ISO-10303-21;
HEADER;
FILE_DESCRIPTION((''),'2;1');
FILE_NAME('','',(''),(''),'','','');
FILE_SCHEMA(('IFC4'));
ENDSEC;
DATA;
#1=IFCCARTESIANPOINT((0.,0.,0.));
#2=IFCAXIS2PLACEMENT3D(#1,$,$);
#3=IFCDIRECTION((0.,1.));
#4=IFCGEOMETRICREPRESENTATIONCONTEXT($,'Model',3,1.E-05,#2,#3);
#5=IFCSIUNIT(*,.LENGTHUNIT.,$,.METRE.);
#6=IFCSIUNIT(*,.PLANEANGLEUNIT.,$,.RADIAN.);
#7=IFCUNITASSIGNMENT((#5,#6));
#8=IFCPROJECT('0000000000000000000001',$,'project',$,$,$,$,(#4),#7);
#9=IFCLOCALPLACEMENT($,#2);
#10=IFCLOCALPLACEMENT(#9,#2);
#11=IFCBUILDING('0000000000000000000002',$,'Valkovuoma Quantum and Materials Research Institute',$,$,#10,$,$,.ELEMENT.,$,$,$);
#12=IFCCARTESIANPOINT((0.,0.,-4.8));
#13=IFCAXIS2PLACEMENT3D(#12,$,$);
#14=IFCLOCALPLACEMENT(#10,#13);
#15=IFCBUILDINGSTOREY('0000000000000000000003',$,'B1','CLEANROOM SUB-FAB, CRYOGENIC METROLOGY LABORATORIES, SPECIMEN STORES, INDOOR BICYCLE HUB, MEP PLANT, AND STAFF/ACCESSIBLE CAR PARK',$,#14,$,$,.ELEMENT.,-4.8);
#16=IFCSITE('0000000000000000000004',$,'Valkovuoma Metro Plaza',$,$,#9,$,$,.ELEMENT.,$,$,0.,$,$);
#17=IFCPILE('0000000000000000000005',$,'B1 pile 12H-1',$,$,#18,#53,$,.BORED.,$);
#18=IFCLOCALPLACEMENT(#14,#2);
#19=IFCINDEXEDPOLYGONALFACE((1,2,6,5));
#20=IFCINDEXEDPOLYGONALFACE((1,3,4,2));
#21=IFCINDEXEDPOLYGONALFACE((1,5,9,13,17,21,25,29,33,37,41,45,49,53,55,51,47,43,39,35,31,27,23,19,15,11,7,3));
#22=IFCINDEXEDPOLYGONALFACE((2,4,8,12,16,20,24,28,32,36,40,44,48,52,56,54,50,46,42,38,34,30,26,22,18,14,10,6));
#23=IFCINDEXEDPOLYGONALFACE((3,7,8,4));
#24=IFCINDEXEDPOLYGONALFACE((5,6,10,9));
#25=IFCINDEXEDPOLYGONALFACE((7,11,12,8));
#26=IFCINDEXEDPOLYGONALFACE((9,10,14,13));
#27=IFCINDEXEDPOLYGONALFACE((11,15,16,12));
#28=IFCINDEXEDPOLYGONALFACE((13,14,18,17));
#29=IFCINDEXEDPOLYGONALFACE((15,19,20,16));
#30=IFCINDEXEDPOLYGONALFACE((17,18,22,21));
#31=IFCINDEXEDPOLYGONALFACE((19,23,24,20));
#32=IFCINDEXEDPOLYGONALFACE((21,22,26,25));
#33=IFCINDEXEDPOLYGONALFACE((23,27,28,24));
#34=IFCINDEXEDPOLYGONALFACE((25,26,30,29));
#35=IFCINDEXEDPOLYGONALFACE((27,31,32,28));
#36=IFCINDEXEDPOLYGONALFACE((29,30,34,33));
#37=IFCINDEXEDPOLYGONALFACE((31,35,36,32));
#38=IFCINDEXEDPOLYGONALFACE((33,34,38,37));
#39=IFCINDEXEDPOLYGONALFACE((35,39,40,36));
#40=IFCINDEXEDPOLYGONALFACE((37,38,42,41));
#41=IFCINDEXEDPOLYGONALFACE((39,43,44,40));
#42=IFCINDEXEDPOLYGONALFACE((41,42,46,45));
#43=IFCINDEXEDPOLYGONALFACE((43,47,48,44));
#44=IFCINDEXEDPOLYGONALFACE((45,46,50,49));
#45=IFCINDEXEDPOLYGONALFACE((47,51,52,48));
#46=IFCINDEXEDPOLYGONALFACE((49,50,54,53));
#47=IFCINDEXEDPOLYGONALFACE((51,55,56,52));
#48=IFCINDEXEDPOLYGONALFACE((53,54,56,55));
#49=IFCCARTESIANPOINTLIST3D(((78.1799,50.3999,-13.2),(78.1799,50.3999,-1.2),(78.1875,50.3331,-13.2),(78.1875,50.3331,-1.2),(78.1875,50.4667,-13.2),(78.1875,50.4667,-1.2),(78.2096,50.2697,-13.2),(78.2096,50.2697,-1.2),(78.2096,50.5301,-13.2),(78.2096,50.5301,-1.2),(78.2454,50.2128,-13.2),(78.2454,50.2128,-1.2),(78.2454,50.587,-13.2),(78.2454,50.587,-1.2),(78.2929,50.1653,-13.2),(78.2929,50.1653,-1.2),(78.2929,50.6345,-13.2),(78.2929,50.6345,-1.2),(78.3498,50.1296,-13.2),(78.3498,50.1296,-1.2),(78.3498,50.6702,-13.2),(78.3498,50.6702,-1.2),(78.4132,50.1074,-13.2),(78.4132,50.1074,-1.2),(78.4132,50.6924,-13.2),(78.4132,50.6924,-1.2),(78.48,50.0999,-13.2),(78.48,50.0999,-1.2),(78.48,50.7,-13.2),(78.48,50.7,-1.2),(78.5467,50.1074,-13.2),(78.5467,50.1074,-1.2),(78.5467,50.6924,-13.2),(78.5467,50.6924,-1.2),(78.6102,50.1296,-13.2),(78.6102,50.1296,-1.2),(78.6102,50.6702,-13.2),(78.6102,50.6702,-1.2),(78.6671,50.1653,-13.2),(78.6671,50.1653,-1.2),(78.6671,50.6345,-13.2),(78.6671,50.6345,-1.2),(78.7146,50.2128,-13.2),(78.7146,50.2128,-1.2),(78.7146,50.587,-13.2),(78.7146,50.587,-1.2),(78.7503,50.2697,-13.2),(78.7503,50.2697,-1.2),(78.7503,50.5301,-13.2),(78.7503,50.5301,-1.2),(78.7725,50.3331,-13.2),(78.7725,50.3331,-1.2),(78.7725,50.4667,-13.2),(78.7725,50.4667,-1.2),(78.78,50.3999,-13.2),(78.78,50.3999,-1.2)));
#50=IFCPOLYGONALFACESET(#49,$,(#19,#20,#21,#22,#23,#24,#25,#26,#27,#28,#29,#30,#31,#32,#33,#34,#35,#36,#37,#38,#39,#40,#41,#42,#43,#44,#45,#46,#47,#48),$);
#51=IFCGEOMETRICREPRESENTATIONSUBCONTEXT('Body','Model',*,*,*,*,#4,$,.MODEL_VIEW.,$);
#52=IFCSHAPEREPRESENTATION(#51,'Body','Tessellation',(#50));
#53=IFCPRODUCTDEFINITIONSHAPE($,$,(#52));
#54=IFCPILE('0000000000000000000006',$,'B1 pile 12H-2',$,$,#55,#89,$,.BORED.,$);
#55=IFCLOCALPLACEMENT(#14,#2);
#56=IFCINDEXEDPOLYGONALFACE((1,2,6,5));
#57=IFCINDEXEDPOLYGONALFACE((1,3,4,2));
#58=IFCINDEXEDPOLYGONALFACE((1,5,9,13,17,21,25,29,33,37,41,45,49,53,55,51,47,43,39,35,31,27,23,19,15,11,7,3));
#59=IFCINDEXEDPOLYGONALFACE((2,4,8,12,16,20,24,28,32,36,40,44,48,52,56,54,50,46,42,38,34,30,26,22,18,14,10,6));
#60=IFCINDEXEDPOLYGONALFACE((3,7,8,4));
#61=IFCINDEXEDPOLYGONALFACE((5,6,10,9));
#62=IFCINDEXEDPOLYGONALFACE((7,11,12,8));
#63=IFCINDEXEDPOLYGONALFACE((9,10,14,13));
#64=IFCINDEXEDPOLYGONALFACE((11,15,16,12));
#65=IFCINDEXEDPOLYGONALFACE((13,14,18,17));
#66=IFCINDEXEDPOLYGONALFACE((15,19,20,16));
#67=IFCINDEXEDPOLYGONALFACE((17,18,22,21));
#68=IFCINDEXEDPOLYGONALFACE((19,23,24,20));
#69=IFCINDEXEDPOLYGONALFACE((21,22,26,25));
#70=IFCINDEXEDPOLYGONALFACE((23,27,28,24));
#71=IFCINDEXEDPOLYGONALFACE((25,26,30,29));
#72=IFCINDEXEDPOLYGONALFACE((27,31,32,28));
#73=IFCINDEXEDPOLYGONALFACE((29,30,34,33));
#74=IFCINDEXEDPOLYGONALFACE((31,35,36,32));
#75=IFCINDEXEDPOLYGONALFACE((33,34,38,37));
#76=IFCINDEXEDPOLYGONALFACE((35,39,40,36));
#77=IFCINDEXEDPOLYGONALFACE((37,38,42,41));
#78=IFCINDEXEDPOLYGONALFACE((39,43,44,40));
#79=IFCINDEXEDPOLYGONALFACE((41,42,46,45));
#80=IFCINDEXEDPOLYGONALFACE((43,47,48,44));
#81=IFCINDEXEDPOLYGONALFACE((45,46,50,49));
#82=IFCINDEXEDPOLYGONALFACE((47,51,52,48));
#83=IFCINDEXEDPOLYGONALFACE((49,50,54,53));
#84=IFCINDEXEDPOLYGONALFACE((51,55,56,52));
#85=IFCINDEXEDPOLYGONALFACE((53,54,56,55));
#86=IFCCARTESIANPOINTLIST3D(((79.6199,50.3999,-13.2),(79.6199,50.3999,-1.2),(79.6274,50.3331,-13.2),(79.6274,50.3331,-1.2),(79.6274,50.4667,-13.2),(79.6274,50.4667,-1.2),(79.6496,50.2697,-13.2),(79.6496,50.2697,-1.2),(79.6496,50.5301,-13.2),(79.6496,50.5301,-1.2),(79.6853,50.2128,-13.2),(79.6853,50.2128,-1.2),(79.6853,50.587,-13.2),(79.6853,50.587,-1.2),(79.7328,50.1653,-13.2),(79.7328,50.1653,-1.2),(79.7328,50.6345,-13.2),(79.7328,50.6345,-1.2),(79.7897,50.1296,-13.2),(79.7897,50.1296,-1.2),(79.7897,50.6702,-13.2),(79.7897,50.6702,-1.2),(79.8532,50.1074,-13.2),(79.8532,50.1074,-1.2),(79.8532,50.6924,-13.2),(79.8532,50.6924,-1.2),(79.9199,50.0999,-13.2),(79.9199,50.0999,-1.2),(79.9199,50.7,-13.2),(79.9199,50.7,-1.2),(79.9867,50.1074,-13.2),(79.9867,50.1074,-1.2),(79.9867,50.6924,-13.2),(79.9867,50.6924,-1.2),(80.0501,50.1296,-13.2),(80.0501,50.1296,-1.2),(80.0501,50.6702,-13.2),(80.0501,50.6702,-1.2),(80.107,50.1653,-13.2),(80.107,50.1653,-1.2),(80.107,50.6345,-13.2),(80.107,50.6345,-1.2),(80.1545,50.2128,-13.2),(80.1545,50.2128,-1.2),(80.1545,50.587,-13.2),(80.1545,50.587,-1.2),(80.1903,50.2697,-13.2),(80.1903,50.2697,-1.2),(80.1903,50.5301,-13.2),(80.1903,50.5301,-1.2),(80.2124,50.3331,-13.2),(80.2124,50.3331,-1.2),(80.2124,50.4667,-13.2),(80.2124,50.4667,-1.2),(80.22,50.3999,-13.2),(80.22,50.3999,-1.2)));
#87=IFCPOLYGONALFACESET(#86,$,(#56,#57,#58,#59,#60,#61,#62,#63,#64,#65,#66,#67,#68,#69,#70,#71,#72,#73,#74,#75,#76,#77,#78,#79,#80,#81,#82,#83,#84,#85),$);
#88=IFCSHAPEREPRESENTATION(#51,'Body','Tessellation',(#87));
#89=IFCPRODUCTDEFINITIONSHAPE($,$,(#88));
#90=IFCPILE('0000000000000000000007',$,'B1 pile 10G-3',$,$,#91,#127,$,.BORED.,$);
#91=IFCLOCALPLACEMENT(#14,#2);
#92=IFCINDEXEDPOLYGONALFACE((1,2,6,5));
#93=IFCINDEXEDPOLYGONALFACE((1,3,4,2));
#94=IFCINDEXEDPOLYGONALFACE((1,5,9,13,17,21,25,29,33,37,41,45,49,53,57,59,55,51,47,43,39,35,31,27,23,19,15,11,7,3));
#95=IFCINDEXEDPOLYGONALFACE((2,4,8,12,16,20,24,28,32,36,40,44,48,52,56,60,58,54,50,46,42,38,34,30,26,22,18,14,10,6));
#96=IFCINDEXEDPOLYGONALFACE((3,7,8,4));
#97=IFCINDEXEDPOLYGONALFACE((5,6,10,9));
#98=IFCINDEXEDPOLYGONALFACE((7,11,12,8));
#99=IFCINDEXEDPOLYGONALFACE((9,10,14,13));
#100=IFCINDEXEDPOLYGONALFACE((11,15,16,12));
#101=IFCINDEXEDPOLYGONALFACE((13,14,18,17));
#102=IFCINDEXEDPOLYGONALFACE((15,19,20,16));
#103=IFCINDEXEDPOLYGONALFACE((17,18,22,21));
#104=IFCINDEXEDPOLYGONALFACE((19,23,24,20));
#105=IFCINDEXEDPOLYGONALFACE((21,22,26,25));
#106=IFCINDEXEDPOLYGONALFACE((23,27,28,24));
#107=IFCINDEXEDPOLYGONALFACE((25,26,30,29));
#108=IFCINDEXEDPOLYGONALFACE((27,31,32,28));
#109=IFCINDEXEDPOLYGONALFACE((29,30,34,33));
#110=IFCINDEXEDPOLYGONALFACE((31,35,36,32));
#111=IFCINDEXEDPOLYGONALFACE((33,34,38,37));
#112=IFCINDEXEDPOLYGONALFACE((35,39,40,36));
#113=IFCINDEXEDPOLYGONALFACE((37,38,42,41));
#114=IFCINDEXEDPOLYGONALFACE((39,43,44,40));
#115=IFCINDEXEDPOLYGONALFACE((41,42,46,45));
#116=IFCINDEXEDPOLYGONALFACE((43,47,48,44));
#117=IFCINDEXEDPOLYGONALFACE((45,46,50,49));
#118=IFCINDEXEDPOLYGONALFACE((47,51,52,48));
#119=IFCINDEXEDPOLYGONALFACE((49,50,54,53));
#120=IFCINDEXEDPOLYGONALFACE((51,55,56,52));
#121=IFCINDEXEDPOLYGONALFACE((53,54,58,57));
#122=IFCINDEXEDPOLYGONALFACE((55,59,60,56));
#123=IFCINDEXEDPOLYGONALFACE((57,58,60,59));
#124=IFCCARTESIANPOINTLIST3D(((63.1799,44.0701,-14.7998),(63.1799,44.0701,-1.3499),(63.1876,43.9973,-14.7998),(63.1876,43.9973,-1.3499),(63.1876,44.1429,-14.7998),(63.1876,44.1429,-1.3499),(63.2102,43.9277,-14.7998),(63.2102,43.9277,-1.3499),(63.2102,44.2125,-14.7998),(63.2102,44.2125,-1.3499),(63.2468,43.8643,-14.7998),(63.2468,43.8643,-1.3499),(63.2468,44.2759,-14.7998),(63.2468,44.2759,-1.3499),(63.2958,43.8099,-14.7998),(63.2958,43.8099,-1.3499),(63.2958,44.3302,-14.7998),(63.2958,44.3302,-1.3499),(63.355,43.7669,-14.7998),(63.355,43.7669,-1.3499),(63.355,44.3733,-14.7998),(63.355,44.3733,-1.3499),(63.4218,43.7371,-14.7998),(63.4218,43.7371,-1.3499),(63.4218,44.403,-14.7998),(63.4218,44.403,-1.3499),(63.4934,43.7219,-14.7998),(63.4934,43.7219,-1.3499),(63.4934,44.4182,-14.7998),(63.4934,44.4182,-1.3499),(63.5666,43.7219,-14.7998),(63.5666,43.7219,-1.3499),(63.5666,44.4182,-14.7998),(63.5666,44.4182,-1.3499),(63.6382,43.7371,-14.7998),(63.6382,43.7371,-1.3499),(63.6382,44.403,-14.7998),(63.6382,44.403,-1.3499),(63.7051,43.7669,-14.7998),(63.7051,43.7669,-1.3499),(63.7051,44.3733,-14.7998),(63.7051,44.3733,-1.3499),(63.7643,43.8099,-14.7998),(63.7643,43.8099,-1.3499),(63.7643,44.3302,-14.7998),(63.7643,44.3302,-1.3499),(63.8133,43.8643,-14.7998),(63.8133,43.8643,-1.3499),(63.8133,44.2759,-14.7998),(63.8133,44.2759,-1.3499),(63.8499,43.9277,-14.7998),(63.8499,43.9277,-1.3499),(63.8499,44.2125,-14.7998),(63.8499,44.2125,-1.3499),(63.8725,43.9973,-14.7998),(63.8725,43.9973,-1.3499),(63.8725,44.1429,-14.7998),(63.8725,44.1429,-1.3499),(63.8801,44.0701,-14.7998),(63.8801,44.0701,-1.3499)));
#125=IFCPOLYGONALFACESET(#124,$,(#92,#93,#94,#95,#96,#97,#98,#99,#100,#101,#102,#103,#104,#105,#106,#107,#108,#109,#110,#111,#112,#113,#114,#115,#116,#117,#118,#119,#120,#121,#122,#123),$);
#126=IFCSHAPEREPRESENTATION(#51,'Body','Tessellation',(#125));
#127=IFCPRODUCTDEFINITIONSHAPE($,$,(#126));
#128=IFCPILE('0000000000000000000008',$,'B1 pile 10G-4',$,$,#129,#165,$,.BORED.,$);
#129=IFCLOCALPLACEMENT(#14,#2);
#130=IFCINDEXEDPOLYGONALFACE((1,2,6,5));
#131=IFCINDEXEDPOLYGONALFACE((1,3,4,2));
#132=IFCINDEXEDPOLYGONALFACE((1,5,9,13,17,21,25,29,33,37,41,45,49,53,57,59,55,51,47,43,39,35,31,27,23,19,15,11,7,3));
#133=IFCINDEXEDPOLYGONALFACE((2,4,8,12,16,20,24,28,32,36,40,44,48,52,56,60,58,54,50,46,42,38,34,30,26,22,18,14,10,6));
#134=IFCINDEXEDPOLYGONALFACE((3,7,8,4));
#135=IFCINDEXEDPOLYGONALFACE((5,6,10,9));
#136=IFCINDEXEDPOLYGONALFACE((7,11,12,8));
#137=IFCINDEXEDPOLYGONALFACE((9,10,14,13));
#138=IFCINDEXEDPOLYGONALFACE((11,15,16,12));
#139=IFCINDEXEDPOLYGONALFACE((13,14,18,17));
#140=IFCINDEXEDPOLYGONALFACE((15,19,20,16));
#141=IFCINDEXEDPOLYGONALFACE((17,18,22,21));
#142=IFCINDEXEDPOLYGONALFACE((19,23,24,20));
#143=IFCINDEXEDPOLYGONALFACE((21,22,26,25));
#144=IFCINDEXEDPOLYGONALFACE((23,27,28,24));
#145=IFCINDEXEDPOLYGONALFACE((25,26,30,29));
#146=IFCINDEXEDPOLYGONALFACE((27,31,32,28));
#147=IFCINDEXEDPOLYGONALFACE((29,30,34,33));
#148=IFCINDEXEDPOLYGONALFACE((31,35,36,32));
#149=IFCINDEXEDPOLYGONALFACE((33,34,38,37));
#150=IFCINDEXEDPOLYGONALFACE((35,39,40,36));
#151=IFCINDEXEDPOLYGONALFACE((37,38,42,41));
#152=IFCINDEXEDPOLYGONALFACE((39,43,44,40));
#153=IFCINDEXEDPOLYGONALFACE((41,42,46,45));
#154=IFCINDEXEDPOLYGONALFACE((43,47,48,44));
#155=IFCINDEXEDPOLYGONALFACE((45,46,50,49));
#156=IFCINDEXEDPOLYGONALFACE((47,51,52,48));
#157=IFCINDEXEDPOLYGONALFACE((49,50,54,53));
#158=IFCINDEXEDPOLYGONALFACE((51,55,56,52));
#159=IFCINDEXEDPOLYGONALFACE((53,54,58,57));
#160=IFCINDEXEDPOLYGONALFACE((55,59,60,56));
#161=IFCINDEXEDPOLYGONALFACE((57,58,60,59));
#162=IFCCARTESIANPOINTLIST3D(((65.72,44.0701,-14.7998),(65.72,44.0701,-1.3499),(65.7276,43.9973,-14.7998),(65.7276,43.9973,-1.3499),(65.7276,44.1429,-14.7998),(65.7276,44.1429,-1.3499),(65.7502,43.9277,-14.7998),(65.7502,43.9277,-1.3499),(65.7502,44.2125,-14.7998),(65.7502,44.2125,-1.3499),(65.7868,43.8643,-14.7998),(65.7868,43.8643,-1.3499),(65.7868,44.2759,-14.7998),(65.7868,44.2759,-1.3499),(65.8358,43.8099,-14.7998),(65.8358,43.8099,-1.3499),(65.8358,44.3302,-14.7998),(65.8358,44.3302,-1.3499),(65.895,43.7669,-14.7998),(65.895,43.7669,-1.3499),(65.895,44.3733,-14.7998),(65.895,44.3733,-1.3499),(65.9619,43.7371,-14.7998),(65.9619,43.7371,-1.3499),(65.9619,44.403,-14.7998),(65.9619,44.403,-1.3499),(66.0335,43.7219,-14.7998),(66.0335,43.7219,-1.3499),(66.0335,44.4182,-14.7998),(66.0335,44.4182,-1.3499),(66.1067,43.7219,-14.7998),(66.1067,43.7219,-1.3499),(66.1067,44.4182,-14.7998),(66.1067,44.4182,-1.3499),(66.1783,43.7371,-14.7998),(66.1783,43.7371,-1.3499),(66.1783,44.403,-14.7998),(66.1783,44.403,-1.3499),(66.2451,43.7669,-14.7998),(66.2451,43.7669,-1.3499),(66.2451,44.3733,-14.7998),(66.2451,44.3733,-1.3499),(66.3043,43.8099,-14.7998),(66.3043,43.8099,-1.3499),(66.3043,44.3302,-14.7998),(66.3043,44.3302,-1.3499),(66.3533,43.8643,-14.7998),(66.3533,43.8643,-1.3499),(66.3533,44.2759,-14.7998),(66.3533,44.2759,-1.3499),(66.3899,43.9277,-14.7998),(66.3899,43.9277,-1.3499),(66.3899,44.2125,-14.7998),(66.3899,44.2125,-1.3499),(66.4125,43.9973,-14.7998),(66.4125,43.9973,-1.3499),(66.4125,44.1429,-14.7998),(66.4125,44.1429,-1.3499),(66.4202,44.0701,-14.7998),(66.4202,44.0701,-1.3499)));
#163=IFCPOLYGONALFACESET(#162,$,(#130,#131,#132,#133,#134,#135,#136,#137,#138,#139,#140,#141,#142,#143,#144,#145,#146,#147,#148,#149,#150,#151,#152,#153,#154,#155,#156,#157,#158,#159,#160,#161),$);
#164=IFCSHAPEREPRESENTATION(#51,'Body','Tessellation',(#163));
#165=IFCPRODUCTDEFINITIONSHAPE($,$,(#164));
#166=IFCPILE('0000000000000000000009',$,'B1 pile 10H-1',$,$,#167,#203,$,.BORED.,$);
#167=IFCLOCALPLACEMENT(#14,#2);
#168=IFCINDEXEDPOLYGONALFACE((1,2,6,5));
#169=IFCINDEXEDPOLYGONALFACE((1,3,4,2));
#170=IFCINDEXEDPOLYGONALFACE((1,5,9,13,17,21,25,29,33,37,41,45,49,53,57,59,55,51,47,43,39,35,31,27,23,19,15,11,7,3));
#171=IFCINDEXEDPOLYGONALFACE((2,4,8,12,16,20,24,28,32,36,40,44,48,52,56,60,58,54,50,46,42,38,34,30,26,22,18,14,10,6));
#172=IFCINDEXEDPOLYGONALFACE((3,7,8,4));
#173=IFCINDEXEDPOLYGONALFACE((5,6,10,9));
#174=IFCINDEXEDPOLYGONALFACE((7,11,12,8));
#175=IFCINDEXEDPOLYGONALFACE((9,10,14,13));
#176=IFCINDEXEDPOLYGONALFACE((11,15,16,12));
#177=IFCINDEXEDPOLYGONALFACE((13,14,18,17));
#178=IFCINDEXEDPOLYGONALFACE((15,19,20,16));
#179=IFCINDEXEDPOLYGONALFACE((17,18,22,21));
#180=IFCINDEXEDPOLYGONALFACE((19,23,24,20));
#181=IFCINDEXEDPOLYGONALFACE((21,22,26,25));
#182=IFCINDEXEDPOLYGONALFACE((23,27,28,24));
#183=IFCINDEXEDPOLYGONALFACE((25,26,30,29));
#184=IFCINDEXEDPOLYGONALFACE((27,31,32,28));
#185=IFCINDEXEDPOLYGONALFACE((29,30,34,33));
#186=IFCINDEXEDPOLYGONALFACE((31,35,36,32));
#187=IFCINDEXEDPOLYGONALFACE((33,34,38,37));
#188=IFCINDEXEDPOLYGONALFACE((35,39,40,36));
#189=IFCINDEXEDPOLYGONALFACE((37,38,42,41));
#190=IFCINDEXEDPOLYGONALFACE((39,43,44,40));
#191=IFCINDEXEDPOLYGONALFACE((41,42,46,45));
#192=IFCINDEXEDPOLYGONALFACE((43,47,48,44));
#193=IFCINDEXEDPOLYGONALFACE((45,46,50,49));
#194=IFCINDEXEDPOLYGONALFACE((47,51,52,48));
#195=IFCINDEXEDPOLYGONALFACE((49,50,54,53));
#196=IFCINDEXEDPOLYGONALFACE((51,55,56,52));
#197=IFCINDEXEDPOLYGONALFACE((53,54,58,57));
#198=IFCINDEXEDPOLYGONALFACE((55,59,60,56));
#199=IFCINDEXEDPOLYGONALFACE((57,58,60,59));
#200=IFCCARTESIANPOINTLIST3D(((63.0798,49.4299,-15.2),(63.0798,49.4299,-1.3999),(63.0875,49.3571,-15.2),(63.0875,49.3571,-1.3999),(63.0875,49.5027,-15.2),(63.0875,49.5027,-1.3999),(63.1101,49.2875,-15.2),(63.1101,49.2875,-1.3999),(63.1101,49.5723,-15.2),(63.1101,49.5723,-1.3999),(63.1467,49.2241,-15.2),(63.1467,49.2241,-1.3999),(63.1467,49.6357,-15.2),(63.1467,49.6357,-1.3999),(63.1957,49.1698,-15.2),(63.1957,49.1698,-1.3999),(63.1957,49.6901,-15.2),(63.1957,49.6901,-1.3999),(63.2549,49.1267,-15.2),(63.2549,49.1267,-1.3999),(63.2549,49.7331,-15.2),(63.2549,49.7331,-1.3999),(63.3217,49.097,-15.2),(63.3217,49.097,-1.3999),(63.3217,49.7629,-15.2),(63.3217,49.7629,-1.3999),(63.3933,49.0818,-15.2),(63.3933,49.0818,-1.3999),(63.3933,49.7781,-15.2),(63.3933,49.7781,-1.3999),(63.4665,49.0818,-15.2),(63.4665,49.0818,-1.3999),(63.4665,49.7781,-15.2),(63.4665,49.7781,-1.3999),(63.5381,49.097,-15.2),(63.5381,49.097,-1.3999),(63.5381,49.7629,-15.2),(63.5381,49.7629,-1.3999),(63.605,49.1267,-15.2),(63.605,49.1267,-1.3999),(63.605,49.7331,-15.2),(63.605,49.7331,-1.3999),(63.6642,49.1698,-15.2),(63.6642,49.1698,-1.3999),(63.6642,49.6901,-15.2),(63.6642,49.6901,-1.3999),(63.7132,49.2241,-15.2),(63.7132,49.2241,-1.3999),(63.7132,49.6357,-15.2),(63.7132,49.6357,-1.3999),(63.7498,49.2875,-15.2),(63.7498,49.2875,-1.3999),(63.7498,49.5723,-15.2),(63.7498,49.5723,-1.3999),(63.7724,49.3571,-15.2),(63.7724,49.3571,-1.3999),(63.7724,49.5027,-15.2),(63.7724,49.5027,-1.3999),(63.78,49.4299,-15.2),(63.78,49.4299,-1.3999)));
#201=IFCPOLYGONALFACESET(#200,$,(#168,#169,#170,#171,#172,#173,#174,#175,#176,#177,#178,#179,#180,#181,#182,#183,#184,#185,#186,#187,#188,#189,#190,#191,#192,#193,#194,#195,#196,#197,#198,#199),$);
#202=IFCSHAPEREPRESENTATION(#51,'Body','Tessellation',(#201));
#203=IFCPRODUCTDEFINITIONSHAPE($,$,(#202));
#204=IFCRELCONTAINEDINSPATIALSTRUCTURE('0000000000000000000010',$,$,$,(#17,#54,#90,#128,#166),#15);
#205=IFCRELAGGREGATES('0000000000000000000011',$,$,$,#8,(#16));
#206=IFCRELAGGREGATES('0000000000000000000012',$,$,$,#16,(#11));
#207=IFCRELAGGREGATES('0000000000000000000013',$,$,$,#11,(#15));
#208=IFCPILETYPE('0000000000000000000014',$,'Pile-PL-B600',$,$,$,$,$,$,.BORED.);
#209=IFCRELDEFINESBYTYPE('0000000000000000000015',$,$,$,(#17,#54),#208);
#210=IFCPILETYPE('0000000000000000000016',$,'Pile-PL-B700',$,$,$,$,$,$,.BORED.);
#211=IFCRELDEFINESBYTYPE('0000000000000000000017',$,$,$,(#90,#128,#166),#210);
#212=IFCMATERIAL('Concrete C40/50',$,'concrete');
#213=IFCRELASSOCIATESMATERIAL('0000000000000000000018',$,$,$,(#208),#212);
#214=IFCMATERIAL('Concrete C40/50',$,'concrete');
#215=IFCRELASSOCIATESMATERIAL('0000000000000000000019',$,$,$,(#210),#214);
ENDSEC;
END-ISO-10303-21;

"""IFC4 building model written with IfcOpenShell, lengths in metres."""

from ifc_helpers import new_model, si_unit, direction, frame, origin, origin_2d, place, context, subcontext, project, spatial, circle, extrude, material, material_profile, profile_set, type_object, element, save


model = new_model("IFC4")

# Units and contexts
model_context = context("Model", 3, precision=1e-05, world=origin(), true_north=direction((0.0, 1.0)))
body_context = subcontext(model_context, "Body", "Model", "MODEL_VIEW")
ifc_project = project(units=[si_unit("LENGTHUNIT", "METRE"), si_unit("PLANEANGLEUNIT", "RADIAN")], contexts=[model_context])

# Site, building, storey
site_placement = place(None, origin())
site = spatial("IfcSite", under=ifc_project, at=site_placement, Name="Valkovuoma Metro Plaza", CompositionType="ELEMENT", RefElevation=0.0)
building_placement = place(site_placement, origin())
building = spatial("IfcBuilding", under=site, at=building_placement, Name="Valkovuoma Quantum and Materials Research Institute", CompositionType="ELEMENT")
storey_placement = place(building_placement, frame((0.0, 0.0, -4.8)))
storey = spatial("IfcBuildingStorey", under=building, at=storey_placement, Name="B1", Description="CLEANROOM SUB-FAB, CRYOGENIC METROLOGY LABORATORIES, SPECIMEN STORES, INDOOR BICYCLE HUB, MEP PLANT, AND STAFF/ACCESSIBLE CAR PARK", CompositionType="ELEMENT", Elevation=-4.8)

# Piles
ifc_material_1 = material(Name="Concrete C40/50", Category="concrete")
ifc_material_profile_1 = material_profile(ifc_material_1, circle(Radius=0.3, at=origin_2d()), Name="Concrete C40/50")
ifc_profile_set_1 = profile_set([ifc_material_profile_1], Name="Concrete C40/50")
pile_type_1 = type_object("IfcPileType", Name="Pile-PL-B600", PredefinedType="BORED", material=ifc_profile_set_1)
for number, where, z_axis, x_axis, name in (
    (1, (78.48, 50.3999, -1.2), (0.0, 0.0, -1.0), (1.0, 0.0, 0.0), "B1 pile 12H-1"),
    (2, (79.9199, 50.3999, -1.2), (0.0, 0.0, -1.0), (1.0, 0.0, 0.0), "B1 pile 12H-2"),
):
    element("IfcPile", number, at=place(storey_placement, frame(where, z_axis=z_axis, x_axis=x_axis)), inside=storey, type_object=pile_type_1, Name=name, PredefinedType="BORED", context=body_context, shape_type="SweptSolid", body=[
        extrude(circle(Radius=0.3, at=origin_2d()), origin(), (0.0, 0.0, 1.0), 12.0),
    ])
ifc_material_2 = material(Name="Concrete C40/50", Category="concrete")
ifc_material_profile_2 = material_profile(ifc_material_2, circle(Radius=0.3501, at=origin_2d()), Name="Concrete C40/50")
ifc_profile_set_2 = profile_set([ifc_material_profile_2], Name="Concrete C40/50")
pile_type_2 = type_object("IfcPileType", Name="Pile-PL-B700", PredefinedType="BORED", material=ifc_profile_set_2)
for number, where, z_axis, x_axis, name in (
    (3, (63.53, 44.0701, -1.3499), (0.0, 0.0, -1.0), (1.0, 0.0, 0.0), "B1 pile 10G-3"),
    (4, (66.0701, 44.0701, -1.3499), (0.0, 0.0, -1.0), (1.0, 0.0, 0.0), "B1 pile 10G-4"),
):
    element("IfcPile", number, at=place(storey_placement, frame(where, z_axis=z_axis, x_axis=x_axis)), inside=storey, type_object=pile_type_2, Name=name, PredefinedType="BORED", context=body_context, shape_type="SweptSolid", body=[
        extrude(circle(Radius=0.3501, at=origin_2d()), origin(), (0.0, 0.0, 1.0), 13.45),
    ])
for number, where, z_axis, x_axis, name in (
    (5, (63.4299, 49.4299, -1.3999), (0.0, 0.0, -1.0), (1.0, 0.0, 0.0), "B1 pile 10H-1"),
):
    element("IfcPile", number, at=place(storey_placement, frame(where, z_axis=z_axis, x_axis=x_axis)), inside=storey, type_object=pile_type_2, Name=name, PredefinedType="BORED", context=body_context, shape_type="SweptSolid", body=[
        extrude(circle(Radius=0.3501, at=origin_2d()), origin(), (0.0, 0.0, 1.0), 13.8),
    ])

save(model, "model.ifc")
